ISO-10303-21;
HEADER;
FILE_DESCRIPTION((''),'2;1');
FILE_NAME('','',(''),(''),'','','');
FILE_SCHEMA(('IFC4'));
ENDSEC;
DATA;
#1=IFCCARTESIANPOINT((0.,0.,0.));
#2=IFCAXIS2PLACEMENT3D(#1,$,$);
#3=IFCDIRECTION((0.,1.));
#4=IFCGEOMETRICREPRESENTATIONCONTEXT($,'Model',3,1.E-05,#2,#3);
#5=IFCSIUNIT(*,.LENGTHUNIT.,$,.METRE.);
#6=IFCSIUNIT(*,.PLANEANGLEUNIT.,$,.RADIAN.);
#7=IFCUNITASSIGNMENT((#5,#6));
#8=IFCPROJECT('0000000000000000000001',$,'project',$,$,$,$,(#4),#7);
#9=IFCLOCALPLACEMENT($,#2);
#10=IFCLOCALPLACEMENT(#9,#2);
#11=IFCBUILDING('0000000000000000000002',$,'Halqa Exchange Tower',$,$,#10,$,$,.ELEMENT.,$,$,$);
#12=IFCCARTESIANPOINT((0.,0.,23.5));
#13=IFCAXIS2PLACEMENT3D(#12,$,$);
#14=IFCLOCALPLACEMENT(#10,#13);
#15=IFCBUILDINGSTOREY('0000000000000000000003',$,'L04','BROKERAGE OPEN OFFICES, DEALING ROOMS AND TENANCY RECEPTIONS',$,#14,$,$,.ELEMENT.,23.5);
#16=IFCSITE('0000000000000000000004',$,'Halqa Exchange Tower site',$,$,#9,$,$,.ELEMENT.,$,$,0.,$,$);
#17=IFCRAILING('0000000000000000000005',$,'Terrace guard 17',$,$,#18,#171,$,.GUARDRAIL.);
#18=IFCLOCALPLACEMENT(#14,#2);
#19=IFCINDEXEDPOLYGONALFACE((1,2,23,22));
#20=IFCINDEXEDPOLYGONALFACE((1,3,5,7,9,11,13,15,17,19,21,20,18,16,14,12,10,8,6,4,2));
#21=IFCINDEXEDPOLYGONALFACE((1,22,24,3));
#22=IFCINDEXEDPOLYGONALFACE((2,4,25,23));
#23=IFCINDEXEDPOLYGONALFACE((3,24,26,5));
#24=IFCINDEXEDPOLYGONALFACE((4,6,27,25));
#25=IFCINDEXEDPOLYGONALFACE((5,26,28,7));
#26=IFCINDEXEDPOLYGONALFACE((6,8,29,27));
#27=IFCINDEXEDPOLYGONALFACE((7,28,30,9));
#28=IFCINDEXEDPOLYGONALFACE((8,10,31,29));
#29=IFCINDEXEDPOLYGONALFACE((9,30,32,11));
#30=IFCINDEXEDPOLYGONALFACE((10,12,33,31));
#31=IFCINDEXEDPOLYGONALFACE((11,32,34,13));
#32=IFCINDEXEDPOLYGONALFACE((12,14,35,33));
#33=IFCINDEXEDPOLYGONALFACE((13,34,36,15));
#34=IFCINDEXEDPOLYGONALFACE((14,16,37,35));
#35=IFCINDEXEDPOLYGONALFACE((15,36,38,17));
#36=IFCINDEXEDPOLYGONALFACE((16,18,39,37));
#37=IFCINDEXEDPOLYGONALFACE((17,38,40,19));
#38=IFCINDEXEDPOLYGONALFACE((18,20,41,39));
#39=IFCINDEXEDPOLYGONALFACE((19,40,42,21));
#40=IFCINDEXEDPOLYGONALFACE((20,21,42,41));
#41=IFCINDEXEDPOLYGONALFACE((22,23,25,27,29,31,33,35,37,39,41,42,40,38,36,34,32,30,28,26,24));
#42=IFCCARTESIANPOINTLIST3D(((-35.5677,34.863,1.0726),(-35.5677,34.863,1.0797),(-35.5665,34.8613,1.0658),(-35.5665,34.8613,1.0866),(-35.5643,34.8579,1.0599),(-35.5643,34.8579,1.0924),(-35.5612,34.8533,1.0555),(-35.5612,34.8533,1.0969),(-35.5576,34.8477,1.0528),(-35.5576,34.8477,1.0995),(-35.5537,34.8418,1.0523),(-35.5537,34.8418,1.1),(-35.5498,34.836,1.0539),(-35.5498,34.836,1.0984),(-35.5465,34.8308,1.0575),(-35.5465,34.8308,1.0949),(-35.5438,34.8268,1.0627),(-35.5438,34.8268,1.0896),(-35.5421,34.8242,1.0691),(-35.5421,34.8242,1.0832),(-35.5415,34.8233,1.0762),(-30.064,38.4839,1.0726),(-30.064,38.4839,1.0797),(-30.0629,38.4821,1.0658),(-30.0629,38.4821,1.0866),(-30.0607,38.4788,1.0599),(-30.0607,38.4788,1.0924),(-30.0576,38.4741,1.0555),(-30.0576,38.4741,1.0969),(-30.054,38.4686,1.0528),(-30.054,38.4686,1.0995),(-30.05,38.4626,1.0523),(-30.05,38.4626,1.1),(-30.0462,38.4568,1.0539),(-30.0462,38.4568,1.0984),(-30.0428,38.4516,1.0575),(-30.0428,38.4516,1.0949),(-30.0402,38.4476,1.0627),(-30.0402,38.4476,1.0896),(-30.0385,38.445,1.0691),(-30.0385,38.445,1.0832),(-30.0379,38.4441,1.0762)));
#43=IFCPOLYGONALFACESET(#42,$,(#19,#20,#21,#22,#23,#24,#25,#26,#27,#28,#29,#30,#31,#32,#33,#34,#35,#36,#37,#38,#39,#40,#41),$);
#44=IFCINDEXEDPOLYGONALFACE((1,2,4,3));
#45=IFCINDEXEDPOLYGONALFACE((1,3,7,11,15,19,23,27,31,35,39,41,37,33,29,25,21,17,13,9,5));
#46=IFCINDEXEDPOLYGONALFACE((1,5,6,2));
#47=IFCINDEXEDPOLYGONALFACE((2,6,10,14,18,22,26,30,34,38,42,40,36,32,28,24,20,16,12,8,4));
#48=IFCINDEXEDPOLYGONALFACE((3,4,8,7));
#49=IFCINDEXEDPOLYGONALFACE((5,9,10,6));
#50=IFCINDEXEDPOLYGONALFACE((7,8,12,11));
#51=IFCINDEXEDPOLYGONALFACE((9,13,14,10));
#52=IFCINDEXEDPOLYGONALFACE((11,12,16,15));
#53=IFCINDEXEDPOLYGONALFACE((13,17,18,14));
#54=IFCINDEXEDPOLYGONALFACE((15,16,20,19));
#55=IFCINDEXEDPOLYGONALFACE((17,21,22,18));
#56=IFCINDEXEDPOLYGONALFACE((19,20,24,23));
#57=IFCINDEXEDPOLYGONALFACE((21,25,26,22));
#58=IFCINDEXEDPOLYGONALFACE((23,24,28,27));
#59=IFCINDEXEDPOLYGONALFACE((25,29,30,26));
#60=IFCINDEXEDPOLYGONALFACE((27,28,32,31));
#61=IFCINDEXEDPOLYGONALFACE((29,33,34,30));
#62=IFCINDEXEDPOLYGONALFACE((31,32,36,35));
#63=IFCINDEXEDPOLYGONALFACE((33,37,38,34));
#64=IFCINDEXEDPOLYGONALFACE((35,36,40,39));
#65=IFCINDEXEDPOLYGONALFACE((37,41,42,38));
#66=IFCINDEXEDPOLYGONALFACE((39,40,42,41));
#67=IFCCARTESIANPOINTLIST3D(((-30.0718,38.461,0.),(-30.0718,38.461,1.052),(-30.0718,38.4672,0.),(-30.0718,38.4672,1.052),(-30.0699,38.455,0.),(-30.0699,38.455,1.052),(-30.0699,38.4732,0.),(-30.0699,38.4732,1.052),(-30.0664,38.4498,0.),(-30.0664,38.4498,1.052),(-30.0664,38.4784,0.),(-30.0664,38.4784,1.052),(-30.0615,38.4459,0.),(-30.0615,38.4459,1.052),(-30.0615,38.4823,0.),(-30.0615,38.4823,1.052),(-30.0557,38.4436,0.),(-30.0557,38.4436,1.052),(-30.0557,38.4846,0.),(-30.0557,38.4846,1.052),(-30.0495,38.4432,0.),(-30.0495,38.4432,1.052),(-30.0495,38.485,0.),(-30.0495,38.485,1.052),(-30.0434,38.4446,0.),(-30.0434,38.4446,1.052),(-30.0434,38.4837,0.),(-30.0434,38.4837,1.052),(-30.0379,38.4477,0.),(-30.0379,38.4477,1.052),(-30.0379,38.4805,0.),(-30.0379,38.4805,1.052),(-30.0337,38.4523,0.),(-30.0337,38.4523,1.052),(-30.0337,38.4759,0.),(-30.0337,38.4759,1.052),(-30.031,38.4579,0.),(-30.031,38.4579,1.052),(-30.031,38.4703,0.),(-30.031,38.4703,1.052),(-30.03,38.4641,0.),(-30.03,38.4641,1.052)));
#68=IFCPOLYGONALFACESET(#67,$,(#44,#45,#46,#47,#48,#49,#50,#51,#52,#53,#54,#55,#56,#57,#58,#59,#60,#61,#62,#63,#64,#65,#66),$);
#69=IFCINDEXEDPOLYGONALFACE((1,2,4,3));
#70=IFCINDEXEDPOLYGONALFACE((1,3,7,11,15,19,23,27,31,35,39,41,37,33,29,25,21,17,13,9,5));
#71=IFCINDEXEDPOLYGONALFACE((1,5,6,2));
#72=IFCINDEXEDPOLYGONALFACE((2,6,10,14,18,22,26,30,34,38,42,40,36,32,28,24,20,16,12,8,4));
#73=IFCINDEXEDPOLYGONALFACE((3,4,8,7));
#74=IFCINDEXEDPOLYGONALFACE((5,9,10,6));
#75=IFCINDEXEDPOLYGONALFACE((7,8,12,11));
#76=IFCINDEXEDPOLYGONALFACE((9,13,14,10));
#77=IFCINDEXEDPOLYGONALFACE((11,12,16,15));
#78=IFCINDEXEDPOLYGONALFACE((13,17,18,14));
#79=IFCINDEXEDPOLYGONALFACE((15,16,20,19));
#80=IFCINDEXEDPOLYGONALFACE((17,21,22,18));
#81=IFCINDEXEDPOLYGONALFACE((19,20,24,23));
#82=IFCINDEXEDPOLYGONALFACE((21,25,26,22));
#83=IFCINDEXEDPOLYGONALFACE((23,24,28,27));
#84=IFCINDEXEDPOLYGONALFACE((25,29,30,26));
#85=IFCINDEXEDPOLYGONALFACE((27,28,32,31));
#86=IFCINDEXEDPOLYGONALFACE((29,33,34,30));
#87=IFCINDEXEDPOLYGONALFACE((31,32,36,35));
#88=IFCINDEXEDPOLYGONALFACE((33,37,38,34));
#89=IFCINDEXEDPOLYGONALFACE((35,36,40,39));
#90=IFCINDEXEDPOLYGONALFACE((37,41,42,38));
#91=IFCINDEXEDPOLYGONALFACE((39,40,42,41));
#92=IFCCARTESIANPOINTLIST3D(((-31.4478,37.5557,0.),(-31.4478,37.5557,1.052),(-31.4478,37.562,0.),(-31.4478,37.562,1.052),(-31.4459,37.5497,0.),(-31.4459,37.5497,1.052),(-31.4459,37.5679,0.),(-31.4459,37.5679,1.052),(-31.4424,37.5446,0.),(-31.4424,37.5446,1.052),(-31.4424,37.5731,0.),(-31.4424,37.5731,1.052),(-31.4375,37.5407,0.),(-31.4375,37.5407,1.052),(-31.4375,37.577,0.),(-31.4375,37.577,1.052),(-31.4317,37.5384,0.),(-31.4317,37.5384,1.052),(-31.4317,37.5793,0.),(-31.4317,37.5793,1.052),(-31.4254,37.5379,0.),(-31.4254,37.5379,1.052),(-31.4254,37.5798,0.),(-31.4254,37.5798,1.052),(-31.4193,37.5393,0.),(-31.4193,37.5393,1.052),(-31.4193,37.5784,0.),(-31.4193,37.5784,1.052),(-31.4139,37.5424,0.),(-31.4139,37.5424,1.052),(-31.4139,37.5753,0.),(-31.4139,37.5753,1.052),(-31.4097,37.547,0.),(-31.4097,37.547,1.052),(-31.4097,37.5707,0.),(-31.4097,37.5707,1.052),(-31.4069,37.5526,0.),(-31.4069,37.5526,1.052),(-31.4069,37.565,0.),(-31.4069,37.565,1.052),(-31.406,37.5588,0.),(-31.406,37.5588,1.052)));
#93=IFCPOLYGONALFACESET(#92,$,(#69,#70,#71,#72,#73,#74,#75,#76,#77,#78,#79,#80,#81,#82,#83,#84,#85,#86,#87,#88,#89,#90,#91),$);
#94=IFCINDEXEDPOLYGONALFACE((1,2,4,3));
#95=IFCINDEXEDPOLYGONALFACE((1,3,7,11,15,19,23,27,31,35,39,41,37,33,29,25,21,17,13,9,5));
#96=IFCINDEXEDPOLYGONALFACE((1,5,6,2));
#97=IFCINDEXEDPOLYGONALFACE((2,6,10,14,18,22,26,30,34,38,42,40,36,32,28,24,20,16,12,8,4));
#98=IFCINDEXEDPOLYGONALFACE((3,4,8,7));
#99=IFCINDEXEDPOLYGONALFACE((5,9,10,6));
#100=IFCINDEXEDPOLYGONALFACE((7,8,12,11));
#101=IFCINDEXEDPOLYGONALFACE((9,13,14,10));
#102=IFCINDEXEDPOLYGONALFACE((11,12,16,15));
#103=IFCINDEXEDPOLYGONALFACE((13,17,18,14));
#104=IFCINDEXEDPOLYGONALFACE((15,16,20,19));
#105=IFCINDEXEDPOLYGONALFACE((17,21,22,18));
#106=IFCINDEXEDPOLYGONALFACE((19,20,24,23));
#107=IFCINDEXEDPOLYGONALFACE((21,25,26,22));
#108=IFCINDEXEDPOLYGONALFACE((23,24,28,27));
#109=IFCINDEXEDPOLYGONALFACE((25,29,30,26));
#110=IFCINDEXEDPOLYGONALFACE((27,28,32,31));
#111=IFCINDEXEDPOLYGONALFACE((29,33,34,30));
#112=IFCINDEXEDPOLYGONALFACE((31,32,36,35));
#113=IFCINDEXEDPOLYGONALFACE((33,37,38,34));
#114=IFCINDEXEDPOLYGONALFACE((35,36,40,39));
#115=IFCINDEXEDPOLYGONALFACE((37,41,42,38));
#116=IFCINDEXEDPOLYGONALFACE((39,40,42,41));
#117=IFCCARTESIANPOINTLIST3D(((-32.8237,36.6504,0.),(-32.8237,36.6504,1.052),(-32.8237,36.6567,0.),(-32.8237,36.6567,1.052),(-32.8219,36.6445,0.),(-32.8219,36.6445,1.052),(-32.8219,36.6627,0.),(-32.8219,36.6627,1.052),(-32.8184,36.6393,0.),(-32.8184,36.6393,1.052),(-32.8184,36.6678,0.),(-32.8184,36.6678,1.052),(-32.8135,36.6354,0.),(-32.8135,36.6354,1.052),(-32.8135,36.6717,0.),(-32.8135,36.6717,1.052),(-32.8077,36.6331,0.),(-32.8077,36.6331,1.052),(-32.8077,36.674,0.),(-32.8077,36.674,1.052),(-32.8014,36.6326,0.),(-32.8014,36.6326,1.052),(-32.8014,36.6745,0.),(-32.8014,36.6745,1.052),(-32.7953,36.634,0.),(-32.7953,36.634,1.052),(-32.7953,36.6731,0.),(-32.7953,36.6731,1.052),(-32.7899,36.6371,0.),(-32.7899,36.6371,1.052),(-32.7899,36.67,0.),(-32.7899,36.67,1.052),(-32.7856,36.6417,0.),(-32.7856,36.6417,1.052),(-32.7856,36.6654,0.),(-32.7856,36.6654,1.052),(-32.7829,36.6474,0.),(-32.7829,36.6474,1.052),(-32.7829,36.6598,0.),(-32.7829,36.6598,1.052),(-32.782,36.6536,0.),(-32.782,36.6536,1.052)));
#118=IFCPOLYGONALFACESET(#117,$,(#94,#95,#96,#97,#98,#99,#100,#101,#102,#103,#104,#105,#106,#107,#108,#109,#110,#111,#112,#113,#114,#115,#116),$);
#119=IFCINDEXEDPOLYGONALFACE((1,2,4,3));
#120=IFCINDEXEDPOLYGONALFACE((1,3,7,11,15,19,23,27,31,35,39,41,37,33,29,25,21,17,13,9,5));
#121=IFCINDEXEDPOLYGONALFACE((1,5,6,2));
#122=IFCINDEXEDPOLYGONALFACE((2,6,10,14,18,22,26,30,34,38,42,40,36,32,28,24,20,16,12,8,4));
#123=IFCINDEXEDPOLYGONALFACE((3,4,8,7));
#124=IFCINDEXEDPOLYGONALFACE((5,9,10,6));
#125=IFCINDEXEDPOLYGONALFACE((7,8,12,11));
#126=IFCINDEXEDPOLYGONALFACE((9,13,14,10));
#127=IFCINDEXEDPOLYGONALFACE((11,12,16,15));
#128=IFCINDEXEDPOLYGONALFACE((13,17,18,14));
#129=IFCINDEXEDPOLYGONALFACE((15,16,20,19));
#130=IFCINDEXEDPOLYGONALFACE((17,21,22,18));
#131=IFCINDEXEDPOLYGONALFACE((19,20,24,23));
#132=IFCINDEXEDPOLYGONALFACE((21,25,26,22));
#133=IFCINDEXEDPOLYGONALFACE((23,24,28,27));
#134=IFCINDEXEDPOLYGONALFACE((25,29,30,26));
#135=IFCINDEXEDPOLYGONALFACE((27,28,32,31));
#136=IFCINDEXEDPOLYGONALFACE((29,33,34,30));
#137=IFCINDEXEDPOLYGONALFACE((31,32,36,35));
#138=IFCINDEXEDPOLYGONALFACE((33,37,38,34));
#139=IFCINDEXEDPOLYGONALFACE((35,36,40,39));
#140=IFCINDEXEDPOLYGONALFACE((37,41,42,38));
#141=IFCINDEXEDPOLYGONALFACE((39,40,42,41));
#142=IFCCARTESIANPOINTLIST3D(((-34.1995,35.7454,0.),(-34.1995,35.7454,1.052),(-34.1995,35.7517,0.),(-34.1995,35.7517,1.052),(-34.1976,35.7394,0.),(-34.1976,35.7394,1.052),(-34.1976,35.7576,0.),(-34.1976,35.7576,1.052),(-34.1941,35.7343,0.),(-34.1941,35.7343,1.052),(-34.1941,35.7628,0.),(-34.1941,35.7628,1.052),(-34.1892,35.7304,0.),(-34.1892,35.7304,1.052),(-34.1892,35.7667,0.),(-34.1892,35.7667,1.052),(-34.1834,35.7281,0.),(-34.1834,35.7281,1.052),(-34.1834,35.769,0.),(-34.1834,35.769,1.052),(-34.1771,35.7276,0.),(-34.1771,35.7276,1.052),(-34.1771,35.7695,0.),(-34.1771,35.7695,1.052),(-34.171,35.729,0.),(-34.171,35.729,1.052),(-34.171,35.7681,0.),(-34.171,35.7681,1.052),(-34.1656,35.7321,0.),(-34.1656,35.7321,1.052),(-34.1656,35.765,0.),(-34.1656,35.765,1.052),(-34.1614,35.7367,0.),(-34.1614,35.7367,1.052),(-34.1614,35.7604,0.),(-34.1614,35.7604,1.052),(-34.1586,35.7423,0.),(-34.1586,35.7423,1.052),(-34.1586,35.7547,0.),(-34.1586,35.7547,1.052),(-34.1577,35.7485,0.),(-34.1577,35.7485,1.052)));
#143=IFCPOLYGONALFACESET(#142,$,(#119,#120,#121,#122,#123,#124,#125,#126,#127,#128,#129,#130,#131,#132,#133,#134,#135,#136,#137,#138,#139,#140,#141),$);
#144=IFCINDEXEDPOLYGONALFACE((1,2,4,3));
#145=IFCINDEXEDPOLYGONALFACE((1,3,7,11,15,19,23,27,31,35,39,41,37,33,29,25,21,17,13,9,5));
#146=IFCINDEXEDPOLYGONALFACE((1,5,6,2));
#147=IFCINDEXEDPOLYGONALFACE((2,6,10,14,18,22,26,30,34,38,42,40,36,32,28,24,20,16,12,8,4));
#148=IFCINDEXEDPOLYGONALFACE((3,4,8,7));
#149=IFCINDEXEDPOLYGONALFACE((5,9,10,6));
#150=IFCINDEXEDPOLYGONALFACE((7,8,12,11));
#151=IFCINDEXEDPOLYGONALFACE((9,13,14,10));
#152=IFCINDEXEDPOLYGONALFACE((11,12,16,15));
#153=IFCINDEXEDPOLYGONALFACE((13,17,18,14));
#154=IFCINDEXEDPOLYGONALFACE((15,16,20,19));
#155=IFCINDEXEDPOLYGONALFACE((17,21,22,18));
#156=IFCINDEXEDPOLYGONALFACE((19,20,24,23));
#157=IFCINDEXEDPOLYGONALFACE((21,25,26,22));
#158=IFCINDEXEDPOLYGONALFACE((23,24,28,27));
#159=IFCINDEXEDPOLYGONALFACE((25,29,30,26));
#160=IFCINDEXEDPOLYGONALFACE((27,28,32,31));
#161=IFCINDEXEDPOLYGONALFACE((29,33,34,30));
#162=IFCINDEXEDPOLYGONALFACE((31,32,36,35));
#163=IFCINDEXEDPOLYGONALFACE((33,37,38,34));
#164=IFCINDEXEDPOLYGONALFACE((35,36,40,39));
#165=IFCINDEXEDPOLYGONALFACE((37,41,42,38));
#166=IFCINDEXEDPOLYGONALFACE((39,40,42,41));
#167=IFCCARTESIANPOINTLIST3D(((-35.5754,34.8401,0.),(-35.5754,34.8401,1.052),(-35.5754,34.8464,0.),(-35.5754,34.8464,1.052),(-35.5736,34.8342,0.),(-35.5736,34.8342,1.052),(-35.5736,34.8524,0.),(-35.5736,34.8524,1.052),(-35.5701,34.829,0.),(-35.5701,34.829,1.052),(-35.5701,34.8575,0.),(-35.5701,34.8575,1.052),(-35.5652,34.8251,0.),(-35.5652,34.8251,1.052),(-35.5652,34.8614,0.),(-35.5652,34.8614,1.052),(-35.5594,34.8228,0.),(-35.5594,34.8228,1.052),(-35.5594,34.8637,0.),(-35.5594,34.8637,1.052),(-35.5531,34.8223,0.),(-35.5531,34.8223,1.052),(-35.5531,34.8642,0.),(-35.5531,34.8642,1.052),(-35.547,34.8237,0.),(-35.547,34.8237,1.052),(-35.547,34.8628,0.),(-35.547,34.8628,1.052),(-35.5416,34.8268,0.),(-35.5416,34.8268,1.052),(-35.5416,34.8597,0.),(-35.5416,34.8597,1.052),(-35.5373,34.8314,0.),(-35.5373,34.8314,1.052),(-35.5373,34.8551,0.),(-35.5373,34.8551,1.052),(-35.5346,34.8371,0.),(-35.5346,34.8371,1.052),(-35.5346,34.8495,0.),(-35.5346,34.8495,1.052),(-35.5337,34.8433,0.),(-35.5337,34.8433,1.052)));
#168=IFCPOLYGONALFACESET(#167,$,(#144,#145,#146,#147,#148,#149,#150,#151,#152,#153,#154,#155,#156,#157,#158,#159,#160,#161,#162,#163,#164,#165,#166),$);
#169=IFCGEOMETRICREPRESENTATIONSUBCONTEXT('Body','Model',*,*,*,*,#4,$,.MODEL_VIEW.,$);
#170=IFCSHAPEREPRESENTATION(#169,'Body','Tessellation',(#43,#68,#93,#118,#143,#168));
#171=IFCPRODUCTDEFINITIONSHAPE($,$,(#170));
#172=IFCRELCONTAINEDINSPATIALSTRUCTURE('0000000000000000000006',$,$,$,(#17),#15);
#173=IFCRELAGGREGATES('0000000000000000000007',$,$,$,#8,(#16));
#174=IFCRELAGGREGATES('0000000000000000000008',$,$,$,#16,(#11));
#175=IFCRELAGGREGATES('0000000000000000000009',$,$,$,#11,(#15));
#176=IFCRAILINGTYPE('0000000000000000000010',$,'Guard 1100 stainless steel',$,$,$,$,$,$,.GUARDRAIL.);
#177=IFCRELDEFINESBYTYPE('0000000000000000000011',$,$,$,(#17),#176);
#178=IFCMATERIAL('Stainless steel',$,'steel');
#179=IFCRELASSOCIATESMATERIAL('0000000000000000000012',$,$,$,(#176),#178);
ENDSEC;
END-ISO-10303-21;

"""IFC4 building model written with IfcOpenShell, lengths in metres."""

from ifc_helpers import new_model, si_unit, direction, frame, origin, origin_2d, place, context, subcontext, project, spatial, circle, extrude, material, type_object, element, save


model = new_model("IFC4")

# Units and contexts
model_context = context("Model", 3, precision=1e-05, world=origin(), true_north=direction((0.0, 1.0)))
body_context = subcontext(model_context, "Body", "Model", "MODEL_VIEW")
ifc_project = project(units=[si_unit("LENGTHUNIT", "METRE"), si_unit("PLANEANGLEUNIT", "RADIAN")], contexts=[model_context])

# Site, building, storey
site_placement = place(None, origin())
site = spatial("IfcSite", under=ifc_project, at=site_placement, Name="Halqa Exchange Tower site", CompositionType="ELEMENT", RefElevation=0.0)
building_placement = place(site_placement, origin())
building = spatial("IfcBuilding", under=site, at=building_placement, Name="Halqa Exchange Tower", CompositionType="ELEMENT")
storey_placement = place(building_placement, frame((0.0, 0.0, 23.5)))
storey = spatial("IfcBuildingStorey", under=building, at=storey_placement, Name="L04", Description="BROKERAGE OPEN OFFICES, DEALING ROOMS AND TENANCY RECEPTIONS", CompositionType="ELEMENT", Elevation=23.5)

# Railing
ifc_material_1 = material(Name="Stainless steel", Category="steel")
railing_type = type_object("IfcRailingType", Name="Guard 1100 stainless steel", PredefinedType="GUARDRAIL", material=ifc_material_1)
railing_1_placement = place(storey_placement, frame((-30.051, 38.4641, 0.0)))
element("IfcRailing", 1, at=railing_1_placement, inside=storey, type_object=railing_type, Name="Terrace guard 17", PredefinedType="GUARDRAIL", context=body_context, shape_type="SweptSolid", body=[
    extrude(circle(Radius=0.0239, at=origin_2d()), frame((0.0, 0.0, 1.0762), z_axis=(-0.835416, -0.549619, 0.0), x_axis=(0.549619, -0.835416, 0.0)), (0.0, 0.0, 1.0), 6.5879),
    extrude(circle(Radius=0.021, at=origin_2d()), origin(), (0.0, 0.0, 1.0), 1.052),
    extrude(circle(Radius=0.021, at=origin_2d()), frame((-1.376, -0.9053, 0.0)), (0.0, 0.0, 1.0), 1.052),
    extrude(circle(Radius=0.021, at=origin_2d()), frame((-2.752, -1.8105, 0.0)), (0.0, 0.0, 1.0), 1.052),
    extrude(circle(Radius=0.021, at=origin_2d()), frame((-4.1277, -2.7156, 0.0)), (0.0, 0.0, 1.0), 1.052),
    extrude(circle(Radius=0.021, at=origin_2d()), frame((-5.5037, -3.6208, 0.0)), (0.0, 0.0, 1.0), 1.052),
])

save(model, "model.ifc")
